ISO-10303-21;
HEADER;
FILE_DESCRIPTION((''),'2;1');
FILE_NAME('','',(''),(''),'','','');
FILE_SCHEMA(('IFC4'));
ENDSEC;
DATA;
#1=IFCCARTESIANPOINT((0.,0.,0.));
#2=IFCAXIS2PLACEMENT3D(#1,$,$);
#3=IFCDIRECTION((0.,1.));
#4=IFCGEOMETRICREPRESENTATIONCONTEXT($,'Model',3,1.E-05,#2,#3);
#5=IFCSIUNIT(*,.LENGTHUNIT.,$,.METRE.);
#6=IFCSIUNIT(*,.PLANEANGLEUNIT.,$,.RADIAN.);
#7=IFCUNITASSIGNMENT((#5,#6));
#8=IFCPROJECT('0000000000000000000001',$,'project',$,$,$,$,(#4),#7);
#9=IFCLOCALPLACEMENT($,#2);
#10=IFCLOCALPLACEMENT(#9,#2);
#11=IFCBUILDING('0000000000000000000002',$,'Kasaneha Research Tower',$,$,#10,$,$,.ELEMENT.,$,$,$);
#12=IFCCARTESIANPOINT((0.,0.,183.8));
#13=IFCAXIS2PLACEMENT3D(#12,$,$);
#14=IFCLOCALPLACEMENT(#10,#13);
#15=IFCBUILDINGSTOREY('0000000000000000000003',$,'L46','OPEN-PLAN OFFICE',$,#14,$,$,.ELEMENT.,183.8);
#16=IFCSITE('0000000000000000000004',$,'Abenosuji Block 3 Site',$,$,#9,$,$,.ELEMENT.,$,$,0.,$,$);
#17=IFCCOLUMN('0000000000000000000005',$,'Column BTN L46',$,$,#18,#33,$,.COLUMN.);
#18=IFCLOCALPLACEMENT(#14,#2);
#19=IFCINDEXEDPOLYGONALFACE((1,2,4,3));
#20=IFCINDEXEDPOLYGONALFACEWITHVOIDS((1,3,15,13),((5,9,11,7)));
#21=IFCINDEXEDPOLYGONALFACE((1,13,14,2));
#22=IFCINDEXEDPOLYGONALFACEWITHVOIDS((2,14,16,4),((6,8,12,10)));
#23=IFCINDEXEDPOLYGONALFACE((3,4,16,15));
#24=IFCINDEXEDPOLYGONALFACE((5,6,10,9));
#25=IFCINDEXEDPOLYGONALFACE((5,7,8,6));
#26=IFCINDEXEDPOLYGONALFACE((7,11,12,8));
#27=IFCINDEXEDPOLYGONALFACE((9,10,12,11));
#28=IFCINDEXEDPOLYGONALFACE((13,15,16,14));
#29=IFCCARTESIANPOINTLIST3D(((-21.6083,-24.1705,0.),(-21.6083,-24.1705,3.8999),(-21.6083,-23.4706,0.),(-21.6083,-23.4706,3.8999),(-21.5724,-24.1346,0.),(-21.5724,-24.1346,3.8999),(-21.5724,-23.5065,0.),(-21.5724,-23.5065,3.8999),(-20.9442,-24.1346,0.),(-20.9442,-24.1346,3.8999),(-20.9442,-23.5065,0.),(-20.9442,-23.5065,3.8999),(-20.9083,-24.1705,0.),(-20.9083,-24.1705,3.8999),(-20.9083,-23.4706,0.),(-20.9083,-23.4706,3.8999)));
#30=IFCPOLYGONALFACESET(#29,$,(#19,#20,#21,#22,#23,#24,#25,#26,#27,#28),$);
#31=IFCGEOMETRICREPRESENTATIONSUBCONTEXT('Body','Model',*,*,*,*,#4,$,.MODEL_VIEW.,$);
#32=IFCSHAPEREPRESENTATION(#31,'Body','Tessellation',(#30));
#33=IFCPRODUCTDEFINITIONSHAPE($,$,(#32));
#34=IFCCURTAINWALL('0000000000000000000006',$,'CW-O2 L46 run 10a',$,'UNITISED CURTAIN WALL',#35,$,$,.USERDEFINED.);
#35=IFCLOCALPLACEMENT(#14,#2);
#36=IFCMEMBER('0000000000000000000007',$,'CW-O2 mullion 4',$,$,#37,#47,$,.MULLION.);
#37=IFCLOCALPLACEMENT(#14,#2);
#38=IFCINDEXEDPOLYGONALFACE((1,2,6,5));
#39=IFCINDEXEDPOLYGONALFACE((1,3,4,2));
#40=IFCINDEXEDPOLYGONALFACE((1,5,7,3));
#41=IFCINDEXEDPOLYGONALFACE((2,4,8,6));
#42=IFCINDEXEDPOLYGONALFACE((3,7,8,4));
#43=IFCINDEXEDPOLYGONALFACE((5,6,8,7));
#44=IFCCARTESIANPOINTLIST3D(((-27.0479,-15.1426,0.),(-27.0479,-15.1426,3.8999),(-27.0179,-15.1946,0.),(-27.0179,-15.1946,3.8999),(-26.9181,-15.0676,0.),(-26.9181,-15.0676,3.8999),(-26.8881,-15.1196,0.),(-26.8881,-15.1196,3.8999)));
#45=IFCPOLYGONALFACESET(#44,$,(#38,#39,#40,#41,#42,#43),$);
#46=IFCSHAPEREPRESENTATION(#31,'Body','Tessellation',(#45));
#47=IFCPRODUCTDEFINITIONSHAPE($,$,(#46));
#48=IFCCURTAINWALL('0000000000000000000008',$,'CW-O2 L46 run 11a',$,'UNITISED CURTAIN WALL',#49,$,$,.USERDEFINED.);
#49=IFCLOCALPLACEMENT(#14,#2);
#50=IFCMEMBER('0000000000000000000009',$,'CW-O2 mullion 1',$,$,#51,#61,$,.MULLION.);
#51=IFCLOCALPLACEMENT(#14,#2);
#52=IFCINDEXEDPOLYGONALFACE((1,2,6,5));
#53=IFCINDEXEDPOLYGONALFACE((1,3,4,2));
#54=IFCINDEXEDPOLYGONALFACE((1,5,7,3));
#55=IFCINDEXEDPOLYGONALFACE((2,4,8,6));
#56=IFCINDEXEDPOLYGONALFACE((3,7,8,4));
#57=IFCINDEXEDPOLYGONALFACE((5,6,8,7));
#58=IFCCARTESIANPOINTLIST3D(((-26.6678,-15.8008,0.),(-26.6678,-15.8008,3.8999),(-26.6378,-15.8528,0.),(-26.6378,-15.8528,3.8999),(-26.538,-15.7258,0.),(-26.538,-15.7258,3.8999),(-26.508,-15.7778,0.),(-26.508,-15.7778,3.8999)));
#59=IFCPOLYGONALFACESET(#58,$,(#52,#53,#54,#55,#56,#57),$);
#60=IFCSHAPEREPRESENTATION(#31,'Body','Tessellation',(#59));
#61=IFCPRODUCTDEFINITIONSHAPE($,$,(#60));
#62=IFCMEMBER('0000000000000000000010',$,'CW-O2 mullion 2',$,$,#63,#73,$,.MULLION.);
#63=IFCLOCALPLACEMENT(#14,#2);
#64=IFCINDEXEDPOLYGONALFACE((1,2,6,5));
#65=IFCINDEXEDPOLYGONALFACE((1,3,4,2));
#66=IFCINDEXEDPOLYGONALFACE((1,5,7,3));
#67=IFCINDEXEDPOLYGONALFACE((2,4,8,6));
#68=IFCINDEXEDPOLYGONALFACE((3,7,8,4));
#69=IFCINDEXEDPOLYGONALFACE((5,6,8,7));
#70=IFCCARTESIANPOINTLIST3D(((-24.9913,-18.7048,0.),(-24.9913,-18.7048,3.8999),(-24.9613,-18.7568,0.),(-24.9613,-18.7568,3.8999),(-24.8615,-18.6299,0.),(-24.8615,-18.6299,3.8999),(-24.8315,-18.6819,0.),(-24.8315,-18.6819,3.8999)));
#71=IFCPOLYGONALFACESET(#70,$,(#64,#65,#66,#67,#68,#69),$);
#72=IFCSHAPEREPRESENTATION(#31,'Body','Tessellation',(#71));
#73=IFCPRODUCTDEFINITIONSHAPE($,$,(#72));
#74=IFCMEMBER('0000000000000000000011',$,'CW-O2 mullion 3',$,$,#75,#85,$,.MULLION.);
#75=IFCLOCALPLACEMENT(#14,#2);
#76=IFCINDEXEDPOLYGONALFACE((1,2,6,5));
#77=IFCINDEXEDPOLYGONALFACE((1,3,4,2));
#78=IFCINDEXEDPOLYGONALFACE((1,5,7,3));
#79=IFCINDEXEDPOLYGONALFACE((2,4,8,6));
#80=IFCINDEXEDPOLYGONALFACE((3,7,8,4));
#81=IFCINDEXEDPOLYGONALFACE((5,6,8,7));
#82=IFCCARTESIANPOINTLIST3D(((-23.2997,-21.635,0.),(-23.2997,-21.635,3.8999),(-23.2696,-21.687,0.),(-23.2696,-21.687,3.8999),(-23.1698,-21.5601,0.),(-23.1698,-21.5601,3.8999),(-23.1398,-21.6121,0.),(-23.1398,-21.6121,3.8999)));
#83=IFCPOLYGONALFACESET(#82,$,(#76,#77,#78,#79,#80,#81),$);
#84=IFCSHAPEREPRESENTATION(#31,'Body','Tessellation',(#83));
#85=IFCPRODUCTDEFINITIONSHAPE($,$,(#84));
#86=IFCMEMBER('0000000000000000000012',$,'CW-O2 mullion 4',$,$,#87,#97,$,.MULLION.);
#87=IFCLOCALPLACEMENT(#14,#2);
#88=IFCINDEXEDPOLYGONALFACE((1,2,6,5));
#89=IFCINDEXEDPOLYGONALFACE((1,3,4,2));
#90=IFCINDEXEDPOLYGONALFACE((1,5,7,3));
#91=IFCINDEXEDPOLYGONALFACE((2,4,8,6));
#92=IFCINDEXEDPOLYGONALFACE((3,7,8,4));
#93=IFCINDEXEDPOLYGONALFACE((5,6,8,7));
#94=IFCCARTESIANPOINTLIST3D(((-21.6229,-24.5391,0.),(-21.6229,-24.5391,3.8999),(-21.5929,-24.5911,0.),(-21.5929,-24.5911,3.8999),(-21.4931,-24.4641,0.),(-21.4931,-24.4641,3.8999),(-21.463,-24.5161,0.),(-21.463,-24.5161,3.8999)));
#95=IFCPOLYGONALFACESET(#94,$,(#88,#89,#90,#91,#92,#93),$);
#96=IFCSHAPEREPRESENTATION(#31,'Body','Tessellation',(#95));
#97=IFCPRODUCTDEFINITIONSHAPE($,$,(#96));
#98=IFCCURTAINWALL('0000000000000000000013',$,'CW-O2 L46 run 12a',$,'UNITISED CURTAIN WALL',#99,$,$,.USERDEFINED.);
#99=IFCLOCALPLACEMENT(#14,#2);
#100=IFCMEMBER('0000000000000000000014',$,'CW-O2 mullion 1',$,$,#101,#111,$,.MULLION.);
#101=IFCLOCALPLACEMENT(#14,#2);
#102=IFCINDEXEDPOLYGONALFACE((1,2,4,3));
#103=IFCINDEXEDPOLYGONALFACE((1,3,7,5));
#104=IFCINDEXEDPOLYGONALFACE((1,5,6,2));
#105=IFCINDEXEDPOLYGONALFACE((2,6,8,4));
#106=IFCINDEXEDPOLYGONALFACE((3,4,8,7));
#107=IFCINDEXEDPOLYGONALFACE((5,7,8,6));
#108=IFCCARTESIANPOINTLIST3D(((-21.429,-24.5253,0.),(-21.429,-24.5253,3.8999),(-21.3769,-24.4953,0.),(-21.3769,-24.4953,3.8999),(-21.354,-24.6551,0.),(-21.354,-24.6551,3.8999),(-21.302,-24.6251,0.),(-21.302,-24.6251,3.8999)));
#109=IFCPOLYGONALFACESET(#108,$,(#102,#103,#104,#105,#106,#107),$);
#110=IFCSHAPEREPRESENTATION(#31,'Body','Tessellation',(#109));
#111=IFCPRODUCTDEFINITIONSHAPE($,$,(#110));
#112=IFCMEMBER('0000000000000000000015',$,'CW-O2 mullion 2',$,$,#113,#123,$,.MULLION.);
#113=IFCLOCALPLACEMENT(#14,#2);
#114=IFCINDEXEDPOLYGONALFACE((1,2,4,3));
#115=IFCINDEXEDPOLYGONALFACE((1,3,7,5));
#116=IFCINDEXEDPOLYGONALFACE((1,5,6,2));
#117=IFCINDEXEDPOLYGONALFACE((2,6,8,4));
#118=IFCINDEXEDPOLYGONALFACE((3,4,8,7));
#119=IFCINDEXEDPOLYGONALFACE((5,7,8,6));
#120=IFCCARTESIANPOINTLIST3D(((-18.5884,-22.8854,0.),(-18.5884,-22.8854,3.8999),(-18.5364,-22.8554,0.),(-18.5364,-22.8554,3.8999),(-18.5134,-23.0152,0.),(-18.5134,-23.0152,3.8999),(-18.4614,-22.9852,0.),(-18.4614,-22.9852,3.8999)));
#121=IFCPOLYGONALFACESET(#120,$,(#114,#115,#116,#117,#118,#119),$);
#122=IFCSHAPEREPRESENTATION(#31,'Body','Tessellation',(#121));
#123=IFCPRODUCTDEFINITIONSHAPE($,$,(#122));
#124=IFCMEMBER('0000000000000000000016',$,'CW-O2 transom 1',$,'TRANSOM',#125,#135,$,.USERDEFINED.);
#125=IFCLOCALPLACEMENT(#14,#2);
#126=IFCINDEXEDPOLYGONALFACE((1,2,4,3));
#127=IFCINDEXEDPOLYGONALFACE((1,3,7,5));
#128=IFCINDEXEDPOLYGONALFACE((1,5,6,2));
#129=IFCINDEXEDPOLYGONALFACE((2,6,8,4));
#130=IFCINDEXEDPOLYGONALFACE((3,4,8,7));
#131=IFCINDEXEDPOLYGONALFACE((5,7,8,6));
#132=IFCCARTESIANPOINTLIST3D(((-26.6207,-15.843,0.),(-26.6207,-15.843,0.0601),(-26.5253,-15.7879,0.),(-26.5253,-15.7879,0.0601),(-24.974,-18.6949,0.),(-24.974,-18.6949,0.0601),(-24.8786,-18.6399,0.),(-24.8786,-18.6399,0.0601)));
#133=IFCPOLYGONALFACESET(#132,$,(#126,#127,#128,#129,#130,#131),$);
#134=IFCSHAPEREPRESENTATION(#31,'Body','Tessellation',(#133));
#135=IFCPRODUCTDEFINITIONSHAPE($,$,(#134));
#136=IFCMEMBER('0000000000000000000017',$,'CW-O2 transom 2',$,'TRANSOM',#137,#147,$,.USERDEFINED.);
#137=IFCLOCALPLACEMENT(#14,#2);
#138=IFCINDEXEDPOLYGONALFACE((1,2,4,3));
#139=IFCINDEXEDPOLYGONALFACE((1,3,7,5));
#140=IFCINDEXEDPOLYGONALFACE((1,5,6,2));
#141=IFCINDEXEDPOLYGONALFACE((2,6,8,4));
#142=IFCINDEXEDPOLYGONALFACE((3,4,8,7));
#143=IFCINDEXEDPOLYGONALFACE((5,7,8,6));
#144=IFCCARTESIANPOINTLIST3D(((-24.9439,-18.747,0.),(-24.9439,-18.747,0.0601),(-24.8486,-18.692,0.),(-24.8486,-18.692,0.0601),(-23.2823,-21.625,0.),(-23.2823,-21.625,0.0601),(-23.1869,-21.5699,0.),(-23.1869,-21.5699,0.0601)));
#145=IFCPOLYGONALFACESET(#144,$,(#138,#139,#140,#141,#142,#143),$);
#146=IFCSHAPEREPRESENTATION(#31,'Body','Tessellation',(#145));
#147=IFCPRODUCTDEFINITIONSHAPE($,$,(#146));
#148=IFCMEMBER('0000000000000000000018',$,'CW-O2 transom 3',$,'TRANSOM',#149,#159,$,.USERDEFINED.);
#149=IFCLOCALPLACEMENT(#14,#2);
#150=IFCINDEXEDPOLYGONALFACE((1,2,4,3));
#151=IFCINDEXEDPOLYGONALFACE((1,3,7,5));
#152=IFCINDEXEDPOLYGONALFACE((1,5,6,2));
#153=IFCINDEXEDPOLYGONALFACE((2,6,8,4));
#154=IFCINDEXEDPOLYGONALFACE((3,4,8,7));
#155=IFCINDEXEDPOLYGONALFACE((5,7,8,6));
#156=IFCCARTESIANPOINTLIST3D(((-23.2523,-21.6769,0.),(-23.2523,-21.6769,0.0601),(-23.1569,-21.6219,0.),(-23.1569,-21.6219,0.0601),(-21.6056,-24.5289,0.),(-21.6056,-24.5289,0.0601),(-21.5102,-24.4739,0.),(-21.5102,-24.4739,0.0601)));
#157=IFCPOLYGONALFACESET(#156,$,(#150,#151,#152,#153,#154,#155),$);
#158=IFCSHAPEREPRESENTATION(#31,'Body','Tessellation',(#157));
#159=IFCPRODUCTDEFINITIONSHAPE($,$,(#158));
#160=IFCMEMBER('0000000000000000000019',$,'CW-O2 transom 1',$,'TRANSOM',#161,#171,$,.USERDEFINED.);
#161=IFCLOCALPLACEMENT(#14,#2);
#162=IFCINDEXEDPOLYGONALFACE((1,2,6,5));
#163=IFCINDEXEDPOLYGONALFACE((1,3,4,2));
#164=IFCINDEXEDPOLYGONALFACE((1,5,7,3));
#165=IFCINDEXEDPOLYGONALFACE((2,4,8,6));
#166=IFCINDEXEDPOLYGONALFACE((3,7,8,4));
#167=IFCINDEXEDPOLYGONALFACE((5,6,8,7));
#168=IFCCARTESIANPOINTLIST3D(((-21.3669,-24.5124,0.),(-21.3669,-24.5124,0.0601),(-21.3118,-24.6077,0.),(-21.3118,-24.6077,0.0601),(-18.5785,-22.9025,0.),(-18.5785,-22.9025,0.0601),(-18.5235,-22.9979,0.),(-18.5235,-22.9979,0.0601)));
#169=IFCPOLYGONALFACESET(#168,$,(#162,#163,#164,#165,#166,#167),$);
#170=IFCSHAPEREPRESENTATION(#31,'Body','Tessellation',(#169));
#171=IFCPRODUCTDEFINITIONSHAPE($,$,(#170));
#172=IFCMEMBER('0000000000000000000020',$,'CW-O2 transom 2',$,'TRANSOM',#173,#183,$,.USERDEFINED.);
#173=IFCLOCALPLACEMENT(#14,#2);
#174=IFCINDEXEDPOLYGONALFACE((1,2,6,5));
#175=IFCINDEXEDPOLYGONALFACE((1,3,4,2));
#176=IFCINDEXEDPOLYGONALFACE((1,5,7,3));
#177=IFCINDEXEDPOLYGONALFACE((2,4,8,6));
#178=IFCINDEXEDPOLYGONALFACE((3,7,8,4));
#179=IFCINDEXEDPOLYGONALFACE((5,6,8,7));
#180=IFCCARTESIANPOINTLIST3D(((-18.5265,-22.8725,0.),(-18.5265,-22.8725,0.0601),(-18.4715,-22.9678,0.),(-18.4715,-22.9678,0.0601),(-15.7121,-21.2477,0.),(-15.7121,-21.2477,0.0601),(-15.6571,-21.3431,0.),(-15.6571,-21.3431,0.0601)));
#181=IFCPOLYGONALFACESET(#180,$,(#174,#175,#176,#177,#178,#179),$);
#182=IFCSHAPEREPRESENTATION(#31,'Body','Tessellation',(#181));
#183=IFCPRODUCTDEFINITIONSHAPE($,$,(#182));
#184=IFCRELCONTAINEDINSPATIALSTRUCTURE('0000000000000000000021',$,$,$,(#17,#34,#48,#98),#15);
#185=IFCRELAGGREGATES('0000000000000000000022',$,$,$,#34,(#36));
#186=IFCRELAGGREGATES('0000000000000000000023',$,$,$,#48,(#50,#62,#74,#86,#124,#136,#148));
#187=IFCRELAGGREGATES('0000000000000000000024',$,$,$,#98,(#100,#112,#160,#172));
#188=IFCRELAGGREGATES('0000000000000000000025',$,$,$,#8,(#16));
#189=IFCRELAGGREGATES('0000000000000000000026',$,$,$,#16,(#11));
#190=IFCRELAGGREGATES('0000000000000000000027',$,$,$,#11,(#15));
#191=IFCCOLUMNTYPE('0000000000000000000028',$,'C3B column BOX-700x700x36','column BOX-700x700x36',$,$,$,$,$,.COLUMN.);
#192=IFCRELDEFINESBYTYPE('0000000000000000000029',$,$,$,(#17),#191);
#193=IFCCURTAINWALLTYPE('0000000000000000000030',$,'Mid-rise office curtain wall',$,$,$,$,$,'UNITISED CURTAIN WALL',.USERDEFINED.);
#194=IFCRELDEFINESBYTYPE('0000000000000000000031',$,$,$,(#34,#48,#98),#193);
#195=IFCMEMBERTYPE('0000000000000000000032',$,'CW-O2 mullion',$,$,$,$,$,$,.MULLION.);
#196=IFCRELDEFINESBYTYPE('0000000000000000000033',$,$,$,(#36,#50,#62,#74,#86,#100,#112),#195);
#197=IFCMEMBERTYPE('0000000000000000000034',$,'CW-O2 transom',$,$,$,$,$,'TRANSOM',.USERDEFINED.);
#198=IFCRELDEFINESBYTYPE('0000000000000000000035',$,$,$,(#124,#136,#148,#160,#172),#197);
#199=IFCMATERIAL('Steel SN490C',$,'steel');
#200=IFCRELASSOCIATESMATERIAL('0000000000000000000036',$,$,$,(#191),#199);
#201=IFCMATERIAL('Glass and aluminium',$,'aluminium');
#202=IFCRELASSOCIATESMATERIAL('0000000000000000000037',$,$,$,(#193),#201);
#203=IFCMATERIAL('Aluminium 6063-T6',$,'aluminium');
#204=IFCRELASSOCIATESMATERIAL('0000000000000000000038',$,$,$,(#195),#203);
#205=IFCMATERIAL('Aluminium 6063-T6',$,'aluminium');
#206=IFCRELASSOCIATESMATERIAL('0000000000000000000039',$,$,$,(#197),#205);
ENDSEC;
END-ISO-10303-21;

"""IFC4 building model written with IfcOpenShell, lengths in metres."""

from ifc_helpers import new_model, si_unit, direction, frame, origin, origin_2d, place, context, subcontext, project, spatial, rectangle, hollow_rectangle, extrude, material, material_profile, profile_set, type_object, element, aggregate, save


model = new_model("IFC4")

# Units and contexts
model_context = context("Model", 3, precision=1e-05, world=origin(), true_north=direction((0.0, 1.0)))
body_context = subcontext(model_context, "Body", "Model", "MODEL_VIEW")
ifc_project = project(units=[si_unit("LENGTHUNIT", "METRE"), si_unit("PLANEANGLEUNIT", "RADIAN")], contexts=[model_context])

# Site, building, storey
site_placement = place(None, origin())
site = spatial("IfcSite", under=ifc_project, at=site_placement, Name="Abenosuji Block 3 Site", CompositionType="ELEMENT", RefElevation=0.0)
building_placement = place(site_placement, origin())
building = spatial("IfcBuilding", under=site, at=building_placement, Name="Kasaneha Research Tower", CompositionType="ELEMENT")
storey_placement = place(building_placement, frame((0.0, 0.0, 183.8)))
storey = spatial("IfcBuildingStorey", under=building, at=storey_placement, Name="L46", Description="OPEN-PLAN OFFICE", CompositionType="ELEMENT", Elevation=183.8)

# Column
ifc_material_1 = material(Name="Steel SN490C", Category="steel")
ifc_material_profile_1 = material_profile(ifc_material_1, hollow_rectangle(XDim=0.7, YDim=0.7, WallThickness=0.0359, at=origin_2d()), Name="BOX-700x700x36")
ifc_profile_set_1 = profile_set([ifc_material_profile_1], Name="Steel SN490C")
column_type = type_object("IfcColumnType", Name="C3B column BOX-700x700x36", Description="column BOX-700x700x36", PredefinedType="COLUMN", material=ifc_profile_set_1)
column_placement = place(storey_placement, frame((-21.2583, -23.8206, 0.0), z_axis=(0.0, 0.0, 1.0), x_axis=(1.0, 0.0, 0.0)))
element("IfcColumn", 1, at=column_placement, inside=storey, type_object=column_type, Name="Column BTN L46", PredefinedType="COLUMN", context=body_context, shape_type="SweptSolid", body=[
    extrude(hollow_rectangle(XDim=0.7, YDim=0.7, WallThickness=0.0359, at=origin_2d()), origin(), (0.0, 0.0, 1.0), 3.8999),
])

# Curtain wall, member
ifc_material_2 = material(Name="Glass and aluminium", Category="aluminium")
curtain_wall_type = type_object("IfcCurtainWallType", Name="Mid-rise office curtain wall", ElementType="UNITISED CURTAIN WALL", PredefinedType="USERDEFINED", material=ifc_material_2)
curtain_wall_1_placement = place(storey_placement, origin())
curtain_wall_1 = element("IfcCurtainWall", 2, at=curtain_wall_1_placement, inside=storey, type_object=curtain_wall_type, Name="CW-O2 L46 run 10a", ObjectType="UNITISED CURTAIN WALL", PredefinedType="USERDEFINED")
ifc_material_3 = material(Name="Aluminium 6063-T6", Category="aluminium")
ifc_material_profile_2 = material_profile(ifc_material_3, rectangle(XDim=0.0601, YDim=0.1499, at=origin_2d()), Name="CW-O2 mullion 60x150")
ifc_profile_set_2 = profile_set([ifc_material_profile_2], Name="Aluminium 6063-T6")
member_type_1 = type_object("IfcMemberType", Name="CW-O2 mullion", PredefinedType="MULLION", material=ifc_profile_set_2)
member_1_placement = place(storey_placement, frame((-26.968, -15.1311, 0.0), z_axis=(0.0, 0.0, 1.0), x_axis=(0.5, -0.866025, 0.0)))
member_1 = element("IfcMember", 3, at=member_1_placement, type_object=member_type_1, Name="CW-O2 mullion 4", PredefinedType="MULLION", context=body_context, shape_type="SweptSolid", body=[
    extrude(rectangle(XDim=0.0601, YDim=0.1499, at=origin_2d()), origin(), (0.0, 0.0, 1.0), 3.8999),
])
aggregate(curtain_wall_1, [member_1])

# Curtain walls, members
curtain_wall_2_placement = place(storey_placement, origin())
curtain_wall_2 = element("IfcCurtainWall", 4, at=curtain_wall_2_placement, inside=storey, type_object=curtain_wall_type, Name="CW-O2 L46 run 11a", ObjectType="UNITISED CURTAIN WALL", PredefinedType="USERDEFINED")
member_2_placement = place(storey_placement, frame((-26.5879, -15.7893, 0.0), z_axis=(0.0, 0.0, 1.0), x_axis=(0.5, -0.866025, 0.0)))
member_2 = element("IfcMember", 5, at=member_2_placement, type_object=member_type_1, Name="CW-O2 mullion 1", PredefinedType="MULLION", context=body_context, shape_type="SweptSolid", body=[
    extrude(rectangle(XDim=0.0601, YDim=0.1499, at=origin_2d()), origin(), (0.0, 0.0, 1.0), 3.8999),
])
member_3_placement = place(storey_placement, frame((-24.9114, -18.6934, 0.0), z_axis=(0.0, 0.0, 1.0), x_axis=(0.5, -0.866025, 0.0)))
member_3 = element("IfcMember", 6, at=member_3_placement, type_object=member_type_1, Name="CW-O2 mullion 2", PredefinedType="MULLION", context=body_context, shape_type="SweptSolid", body=[
    extrude(rectangle(XDim=0.0601, YDim=0.1499, at=origin_2d()), origin(), (0.0, 0.0, 1.0), 3.8999),
])
member_4_placement = place(storey_placement, frame((-23.2197, -21.6235, 0.0), z_axis=(0.0, 0.0, 1.0), x_axis=(0.5, -0.866025, 0.0)))
member_4 = element("IfcMember", 7, at=member_4_placement, type_object=member_type_1, Name="CW-O2 mullion 3", PredefinedType="MULLION", context=body_context, shape_type="SweptSolid", body=[
    extrude(rectangle(XDim=0.0601, YDim=0.1499, at=origin_2d()), origin(), (0.0, 0.0, 1.0), 3.8999),
])
member_5_placement = place(storey_placement, frame((-21.543, -24.5276, 0.0), z_axis=(0.0, 0.0, 1.0), x_axis=(0.5, -0.866025, 0.0)))
member_5 = element("IfcMember", 8, at=member_5_placement, type_object=member_type_1, Name="CW-O2 mullion 4", PredefinedType="MULLION", context=body_context, shape_type="SweptSolid", body=[
    extrude(rectangle(XDim=0.0601, YDim=0.1499, at=origin_2d()), origin(), (0.0, 0.0, 1.0), 3.8999),
])
curtain_wall_3_placement = place(storey_placement, origin())
curtain_wall_3 = element("IfcCurtainWall", 9, at=curtain_wall_3_placement, inside=storey, type_object=curtain_wall_type, Name="CW-O2 L46 run 12a", ObjectType="UNITISED CURTAIN WALL", PredefinedType="USERDEFINED")
member_6_placement = place(storey_placement, frame((-21.3655, -24.5752, 0.0), z_axis=(0.0, 0.0, 1.0), x_axis=(0.866025, 0.5, 0.0)))
member_6 = element("IfcMember", 10, at=member_6_placement, type_object=member_type_1, Name="CW-O2 mullion 1", PredefinedType="MULLION", context=body_context, shape_type="SweptSolid", body=[
    extrude(rectangle(XDim=0.0601, YDim=0.1499, at=origin_2d()), origin(), (0.0, 0.0, 1.0), 3.8999),
])
member_7_placement = place(storey_placement, frame((-18.5249, -22.9353, 0.0), z_axis=(0.0, 0.0, 1.0), x_axis=(0.866025, 0.5, 0.0)))
member_7 = element("IfcMember", 11, at=member_7_placement, type_object=member_type_1, Name="CW-O2 mullion 2", PredefinedType="MULLION", context=body_context, shape_type="SweptSolid", body=[
    extrude(rectangle(XDim=0.0601, YDim=0.1499, at=origin_2d()), origin(), (0.0, 0.0, 1.0), 3.8999),
])

# Members
ifc_material_4 = material(Name="Aluminium 6063-T6", Category="aluminium")
ifc_material_profile_3 = material_profile(ifc_material_4, rectangle(XDim=0.1101, YDim=0.0601, at=origin_2d()), Name="CW-O2 transom 110x60")
ifc_profile_set_3 = profile_set([ifc_material_profile_3], Name="Aluminium 6063-T6")
member_type_2 = type_object("IfcMemberType", Name="CW-O2 transom", ElementType="TRANSOM", PredefinedType="USERDEFINED", material=ifc_profile_set_3)
member_8_placement = place(storey_placement, frame((-26.573, -15.8154, 0.03), z_axis=(0.500022, -0.866013, 0.0), x_axis=(0.866013, 0.500022, 0.0)))
member_8 = element("IfcMember", 12, at=member_8_placement, type_object=member_type_2, Name="CW-O2 transom 1", ObjectType="TRANSOM", PredefinedType="USERDEFINED", context=body_context, shape_type="SweptSolid", body=[
    extrude(rectangle(XDim=0.1101, YDim=0.0601, at=origin_2d()), origin(), (0.0, 0.0, 1.0), 3.2932),
])
member_9_placement = place(storey_placement, frame((-24.8962, -18.7195, 0.03), z_axis=(0.500011, -0.866019, 0.0), x_axis=(0.866019, 0.500011, 0.0)))
member_9 = element("IfcMember", 13, at=member_9_placement, type_object=member_type_2, Name="CW-O2 transom 2", ObjectType="TRANSOM", PredefinedType="USERDEFINED", context=body_context, shape_type="SweptSolid", body=[
    extrude(rectangle(XDim=0.1101, YDim=0.0601, at=origin_2d()), origin(), (0.0, 0.0, 1.0), 3.3232),
])
member_10_placement = place(storey_placement, frame((-23.2046, -21.6494, 0.03), z_axis=(0.500022, -0.866013, 0.0), x_axis=(0.866013, 0.500022, 0.0)))
member_10 = element("IfcMember", 14, at=member_10_placement, type_object=member_type_2, Name="CW-O2 transom 3", ObjectType="TRANSOM", PredefinedType="USERDEFINED", context=body_context, shape_type="SweptSolid", body=[
    extrude(rectangle(XDim=0.1101, YDim=0.0601, at=origin_2d()), origin(), (0.0, 0.0, 1.0), 3.2932),
])
member_11_placement = place(storey_placement, frame((-21.3394, -24.5601, 0.03), z_axis=(0.866023, 0.500005, 0.0), x_axis=(-0.500005, 0.866023, 0.0)))
member_11 = element("IfcMember", 15, at=member_11_placement, type_object=member_type_2, Name="CW-O2 transom 1", ObjectType="TRANSOM", PredefinedType="USERDEFINED", context=body_context, shape_type="SweptSolid", body=[
    extrude(rectangle(XDim=0.1101, YDim=0.0601, at=origin_2d()), origin(), (0.0, 0.0, 1.0), 3.2197),
])
member_12_placement = place(storey_placement, frame((-18.499, -22.9202, 0.03), z_axis=(0.866048, 0.499961, 0.0), x_axis=(-0.499961, 0.866048, 0.0)))
member_12 = element("IfcMember", 16, at=member_12_placement, type_object=member_type_2, Name="CW-O2 transom 2", ObjectType="TRANSOM", PredefinedType="USERDEFINED", context=body_context, shape_type="SweptSolid", body=[
    extrude(rectangle(XDim=0.1101, YDim=0.0601, at=origin_2d()), origin(), (0.0, 0.0, 1.0), 3.2498),
])

aggregate(curtain_wall_2, [member_2, member_3, member_4, member_5, member_8, member_9, member_10])
aggregate(curtain_wall_3, [member_6, member_7, member_11, member_12])

save(model, "model.ifc")
